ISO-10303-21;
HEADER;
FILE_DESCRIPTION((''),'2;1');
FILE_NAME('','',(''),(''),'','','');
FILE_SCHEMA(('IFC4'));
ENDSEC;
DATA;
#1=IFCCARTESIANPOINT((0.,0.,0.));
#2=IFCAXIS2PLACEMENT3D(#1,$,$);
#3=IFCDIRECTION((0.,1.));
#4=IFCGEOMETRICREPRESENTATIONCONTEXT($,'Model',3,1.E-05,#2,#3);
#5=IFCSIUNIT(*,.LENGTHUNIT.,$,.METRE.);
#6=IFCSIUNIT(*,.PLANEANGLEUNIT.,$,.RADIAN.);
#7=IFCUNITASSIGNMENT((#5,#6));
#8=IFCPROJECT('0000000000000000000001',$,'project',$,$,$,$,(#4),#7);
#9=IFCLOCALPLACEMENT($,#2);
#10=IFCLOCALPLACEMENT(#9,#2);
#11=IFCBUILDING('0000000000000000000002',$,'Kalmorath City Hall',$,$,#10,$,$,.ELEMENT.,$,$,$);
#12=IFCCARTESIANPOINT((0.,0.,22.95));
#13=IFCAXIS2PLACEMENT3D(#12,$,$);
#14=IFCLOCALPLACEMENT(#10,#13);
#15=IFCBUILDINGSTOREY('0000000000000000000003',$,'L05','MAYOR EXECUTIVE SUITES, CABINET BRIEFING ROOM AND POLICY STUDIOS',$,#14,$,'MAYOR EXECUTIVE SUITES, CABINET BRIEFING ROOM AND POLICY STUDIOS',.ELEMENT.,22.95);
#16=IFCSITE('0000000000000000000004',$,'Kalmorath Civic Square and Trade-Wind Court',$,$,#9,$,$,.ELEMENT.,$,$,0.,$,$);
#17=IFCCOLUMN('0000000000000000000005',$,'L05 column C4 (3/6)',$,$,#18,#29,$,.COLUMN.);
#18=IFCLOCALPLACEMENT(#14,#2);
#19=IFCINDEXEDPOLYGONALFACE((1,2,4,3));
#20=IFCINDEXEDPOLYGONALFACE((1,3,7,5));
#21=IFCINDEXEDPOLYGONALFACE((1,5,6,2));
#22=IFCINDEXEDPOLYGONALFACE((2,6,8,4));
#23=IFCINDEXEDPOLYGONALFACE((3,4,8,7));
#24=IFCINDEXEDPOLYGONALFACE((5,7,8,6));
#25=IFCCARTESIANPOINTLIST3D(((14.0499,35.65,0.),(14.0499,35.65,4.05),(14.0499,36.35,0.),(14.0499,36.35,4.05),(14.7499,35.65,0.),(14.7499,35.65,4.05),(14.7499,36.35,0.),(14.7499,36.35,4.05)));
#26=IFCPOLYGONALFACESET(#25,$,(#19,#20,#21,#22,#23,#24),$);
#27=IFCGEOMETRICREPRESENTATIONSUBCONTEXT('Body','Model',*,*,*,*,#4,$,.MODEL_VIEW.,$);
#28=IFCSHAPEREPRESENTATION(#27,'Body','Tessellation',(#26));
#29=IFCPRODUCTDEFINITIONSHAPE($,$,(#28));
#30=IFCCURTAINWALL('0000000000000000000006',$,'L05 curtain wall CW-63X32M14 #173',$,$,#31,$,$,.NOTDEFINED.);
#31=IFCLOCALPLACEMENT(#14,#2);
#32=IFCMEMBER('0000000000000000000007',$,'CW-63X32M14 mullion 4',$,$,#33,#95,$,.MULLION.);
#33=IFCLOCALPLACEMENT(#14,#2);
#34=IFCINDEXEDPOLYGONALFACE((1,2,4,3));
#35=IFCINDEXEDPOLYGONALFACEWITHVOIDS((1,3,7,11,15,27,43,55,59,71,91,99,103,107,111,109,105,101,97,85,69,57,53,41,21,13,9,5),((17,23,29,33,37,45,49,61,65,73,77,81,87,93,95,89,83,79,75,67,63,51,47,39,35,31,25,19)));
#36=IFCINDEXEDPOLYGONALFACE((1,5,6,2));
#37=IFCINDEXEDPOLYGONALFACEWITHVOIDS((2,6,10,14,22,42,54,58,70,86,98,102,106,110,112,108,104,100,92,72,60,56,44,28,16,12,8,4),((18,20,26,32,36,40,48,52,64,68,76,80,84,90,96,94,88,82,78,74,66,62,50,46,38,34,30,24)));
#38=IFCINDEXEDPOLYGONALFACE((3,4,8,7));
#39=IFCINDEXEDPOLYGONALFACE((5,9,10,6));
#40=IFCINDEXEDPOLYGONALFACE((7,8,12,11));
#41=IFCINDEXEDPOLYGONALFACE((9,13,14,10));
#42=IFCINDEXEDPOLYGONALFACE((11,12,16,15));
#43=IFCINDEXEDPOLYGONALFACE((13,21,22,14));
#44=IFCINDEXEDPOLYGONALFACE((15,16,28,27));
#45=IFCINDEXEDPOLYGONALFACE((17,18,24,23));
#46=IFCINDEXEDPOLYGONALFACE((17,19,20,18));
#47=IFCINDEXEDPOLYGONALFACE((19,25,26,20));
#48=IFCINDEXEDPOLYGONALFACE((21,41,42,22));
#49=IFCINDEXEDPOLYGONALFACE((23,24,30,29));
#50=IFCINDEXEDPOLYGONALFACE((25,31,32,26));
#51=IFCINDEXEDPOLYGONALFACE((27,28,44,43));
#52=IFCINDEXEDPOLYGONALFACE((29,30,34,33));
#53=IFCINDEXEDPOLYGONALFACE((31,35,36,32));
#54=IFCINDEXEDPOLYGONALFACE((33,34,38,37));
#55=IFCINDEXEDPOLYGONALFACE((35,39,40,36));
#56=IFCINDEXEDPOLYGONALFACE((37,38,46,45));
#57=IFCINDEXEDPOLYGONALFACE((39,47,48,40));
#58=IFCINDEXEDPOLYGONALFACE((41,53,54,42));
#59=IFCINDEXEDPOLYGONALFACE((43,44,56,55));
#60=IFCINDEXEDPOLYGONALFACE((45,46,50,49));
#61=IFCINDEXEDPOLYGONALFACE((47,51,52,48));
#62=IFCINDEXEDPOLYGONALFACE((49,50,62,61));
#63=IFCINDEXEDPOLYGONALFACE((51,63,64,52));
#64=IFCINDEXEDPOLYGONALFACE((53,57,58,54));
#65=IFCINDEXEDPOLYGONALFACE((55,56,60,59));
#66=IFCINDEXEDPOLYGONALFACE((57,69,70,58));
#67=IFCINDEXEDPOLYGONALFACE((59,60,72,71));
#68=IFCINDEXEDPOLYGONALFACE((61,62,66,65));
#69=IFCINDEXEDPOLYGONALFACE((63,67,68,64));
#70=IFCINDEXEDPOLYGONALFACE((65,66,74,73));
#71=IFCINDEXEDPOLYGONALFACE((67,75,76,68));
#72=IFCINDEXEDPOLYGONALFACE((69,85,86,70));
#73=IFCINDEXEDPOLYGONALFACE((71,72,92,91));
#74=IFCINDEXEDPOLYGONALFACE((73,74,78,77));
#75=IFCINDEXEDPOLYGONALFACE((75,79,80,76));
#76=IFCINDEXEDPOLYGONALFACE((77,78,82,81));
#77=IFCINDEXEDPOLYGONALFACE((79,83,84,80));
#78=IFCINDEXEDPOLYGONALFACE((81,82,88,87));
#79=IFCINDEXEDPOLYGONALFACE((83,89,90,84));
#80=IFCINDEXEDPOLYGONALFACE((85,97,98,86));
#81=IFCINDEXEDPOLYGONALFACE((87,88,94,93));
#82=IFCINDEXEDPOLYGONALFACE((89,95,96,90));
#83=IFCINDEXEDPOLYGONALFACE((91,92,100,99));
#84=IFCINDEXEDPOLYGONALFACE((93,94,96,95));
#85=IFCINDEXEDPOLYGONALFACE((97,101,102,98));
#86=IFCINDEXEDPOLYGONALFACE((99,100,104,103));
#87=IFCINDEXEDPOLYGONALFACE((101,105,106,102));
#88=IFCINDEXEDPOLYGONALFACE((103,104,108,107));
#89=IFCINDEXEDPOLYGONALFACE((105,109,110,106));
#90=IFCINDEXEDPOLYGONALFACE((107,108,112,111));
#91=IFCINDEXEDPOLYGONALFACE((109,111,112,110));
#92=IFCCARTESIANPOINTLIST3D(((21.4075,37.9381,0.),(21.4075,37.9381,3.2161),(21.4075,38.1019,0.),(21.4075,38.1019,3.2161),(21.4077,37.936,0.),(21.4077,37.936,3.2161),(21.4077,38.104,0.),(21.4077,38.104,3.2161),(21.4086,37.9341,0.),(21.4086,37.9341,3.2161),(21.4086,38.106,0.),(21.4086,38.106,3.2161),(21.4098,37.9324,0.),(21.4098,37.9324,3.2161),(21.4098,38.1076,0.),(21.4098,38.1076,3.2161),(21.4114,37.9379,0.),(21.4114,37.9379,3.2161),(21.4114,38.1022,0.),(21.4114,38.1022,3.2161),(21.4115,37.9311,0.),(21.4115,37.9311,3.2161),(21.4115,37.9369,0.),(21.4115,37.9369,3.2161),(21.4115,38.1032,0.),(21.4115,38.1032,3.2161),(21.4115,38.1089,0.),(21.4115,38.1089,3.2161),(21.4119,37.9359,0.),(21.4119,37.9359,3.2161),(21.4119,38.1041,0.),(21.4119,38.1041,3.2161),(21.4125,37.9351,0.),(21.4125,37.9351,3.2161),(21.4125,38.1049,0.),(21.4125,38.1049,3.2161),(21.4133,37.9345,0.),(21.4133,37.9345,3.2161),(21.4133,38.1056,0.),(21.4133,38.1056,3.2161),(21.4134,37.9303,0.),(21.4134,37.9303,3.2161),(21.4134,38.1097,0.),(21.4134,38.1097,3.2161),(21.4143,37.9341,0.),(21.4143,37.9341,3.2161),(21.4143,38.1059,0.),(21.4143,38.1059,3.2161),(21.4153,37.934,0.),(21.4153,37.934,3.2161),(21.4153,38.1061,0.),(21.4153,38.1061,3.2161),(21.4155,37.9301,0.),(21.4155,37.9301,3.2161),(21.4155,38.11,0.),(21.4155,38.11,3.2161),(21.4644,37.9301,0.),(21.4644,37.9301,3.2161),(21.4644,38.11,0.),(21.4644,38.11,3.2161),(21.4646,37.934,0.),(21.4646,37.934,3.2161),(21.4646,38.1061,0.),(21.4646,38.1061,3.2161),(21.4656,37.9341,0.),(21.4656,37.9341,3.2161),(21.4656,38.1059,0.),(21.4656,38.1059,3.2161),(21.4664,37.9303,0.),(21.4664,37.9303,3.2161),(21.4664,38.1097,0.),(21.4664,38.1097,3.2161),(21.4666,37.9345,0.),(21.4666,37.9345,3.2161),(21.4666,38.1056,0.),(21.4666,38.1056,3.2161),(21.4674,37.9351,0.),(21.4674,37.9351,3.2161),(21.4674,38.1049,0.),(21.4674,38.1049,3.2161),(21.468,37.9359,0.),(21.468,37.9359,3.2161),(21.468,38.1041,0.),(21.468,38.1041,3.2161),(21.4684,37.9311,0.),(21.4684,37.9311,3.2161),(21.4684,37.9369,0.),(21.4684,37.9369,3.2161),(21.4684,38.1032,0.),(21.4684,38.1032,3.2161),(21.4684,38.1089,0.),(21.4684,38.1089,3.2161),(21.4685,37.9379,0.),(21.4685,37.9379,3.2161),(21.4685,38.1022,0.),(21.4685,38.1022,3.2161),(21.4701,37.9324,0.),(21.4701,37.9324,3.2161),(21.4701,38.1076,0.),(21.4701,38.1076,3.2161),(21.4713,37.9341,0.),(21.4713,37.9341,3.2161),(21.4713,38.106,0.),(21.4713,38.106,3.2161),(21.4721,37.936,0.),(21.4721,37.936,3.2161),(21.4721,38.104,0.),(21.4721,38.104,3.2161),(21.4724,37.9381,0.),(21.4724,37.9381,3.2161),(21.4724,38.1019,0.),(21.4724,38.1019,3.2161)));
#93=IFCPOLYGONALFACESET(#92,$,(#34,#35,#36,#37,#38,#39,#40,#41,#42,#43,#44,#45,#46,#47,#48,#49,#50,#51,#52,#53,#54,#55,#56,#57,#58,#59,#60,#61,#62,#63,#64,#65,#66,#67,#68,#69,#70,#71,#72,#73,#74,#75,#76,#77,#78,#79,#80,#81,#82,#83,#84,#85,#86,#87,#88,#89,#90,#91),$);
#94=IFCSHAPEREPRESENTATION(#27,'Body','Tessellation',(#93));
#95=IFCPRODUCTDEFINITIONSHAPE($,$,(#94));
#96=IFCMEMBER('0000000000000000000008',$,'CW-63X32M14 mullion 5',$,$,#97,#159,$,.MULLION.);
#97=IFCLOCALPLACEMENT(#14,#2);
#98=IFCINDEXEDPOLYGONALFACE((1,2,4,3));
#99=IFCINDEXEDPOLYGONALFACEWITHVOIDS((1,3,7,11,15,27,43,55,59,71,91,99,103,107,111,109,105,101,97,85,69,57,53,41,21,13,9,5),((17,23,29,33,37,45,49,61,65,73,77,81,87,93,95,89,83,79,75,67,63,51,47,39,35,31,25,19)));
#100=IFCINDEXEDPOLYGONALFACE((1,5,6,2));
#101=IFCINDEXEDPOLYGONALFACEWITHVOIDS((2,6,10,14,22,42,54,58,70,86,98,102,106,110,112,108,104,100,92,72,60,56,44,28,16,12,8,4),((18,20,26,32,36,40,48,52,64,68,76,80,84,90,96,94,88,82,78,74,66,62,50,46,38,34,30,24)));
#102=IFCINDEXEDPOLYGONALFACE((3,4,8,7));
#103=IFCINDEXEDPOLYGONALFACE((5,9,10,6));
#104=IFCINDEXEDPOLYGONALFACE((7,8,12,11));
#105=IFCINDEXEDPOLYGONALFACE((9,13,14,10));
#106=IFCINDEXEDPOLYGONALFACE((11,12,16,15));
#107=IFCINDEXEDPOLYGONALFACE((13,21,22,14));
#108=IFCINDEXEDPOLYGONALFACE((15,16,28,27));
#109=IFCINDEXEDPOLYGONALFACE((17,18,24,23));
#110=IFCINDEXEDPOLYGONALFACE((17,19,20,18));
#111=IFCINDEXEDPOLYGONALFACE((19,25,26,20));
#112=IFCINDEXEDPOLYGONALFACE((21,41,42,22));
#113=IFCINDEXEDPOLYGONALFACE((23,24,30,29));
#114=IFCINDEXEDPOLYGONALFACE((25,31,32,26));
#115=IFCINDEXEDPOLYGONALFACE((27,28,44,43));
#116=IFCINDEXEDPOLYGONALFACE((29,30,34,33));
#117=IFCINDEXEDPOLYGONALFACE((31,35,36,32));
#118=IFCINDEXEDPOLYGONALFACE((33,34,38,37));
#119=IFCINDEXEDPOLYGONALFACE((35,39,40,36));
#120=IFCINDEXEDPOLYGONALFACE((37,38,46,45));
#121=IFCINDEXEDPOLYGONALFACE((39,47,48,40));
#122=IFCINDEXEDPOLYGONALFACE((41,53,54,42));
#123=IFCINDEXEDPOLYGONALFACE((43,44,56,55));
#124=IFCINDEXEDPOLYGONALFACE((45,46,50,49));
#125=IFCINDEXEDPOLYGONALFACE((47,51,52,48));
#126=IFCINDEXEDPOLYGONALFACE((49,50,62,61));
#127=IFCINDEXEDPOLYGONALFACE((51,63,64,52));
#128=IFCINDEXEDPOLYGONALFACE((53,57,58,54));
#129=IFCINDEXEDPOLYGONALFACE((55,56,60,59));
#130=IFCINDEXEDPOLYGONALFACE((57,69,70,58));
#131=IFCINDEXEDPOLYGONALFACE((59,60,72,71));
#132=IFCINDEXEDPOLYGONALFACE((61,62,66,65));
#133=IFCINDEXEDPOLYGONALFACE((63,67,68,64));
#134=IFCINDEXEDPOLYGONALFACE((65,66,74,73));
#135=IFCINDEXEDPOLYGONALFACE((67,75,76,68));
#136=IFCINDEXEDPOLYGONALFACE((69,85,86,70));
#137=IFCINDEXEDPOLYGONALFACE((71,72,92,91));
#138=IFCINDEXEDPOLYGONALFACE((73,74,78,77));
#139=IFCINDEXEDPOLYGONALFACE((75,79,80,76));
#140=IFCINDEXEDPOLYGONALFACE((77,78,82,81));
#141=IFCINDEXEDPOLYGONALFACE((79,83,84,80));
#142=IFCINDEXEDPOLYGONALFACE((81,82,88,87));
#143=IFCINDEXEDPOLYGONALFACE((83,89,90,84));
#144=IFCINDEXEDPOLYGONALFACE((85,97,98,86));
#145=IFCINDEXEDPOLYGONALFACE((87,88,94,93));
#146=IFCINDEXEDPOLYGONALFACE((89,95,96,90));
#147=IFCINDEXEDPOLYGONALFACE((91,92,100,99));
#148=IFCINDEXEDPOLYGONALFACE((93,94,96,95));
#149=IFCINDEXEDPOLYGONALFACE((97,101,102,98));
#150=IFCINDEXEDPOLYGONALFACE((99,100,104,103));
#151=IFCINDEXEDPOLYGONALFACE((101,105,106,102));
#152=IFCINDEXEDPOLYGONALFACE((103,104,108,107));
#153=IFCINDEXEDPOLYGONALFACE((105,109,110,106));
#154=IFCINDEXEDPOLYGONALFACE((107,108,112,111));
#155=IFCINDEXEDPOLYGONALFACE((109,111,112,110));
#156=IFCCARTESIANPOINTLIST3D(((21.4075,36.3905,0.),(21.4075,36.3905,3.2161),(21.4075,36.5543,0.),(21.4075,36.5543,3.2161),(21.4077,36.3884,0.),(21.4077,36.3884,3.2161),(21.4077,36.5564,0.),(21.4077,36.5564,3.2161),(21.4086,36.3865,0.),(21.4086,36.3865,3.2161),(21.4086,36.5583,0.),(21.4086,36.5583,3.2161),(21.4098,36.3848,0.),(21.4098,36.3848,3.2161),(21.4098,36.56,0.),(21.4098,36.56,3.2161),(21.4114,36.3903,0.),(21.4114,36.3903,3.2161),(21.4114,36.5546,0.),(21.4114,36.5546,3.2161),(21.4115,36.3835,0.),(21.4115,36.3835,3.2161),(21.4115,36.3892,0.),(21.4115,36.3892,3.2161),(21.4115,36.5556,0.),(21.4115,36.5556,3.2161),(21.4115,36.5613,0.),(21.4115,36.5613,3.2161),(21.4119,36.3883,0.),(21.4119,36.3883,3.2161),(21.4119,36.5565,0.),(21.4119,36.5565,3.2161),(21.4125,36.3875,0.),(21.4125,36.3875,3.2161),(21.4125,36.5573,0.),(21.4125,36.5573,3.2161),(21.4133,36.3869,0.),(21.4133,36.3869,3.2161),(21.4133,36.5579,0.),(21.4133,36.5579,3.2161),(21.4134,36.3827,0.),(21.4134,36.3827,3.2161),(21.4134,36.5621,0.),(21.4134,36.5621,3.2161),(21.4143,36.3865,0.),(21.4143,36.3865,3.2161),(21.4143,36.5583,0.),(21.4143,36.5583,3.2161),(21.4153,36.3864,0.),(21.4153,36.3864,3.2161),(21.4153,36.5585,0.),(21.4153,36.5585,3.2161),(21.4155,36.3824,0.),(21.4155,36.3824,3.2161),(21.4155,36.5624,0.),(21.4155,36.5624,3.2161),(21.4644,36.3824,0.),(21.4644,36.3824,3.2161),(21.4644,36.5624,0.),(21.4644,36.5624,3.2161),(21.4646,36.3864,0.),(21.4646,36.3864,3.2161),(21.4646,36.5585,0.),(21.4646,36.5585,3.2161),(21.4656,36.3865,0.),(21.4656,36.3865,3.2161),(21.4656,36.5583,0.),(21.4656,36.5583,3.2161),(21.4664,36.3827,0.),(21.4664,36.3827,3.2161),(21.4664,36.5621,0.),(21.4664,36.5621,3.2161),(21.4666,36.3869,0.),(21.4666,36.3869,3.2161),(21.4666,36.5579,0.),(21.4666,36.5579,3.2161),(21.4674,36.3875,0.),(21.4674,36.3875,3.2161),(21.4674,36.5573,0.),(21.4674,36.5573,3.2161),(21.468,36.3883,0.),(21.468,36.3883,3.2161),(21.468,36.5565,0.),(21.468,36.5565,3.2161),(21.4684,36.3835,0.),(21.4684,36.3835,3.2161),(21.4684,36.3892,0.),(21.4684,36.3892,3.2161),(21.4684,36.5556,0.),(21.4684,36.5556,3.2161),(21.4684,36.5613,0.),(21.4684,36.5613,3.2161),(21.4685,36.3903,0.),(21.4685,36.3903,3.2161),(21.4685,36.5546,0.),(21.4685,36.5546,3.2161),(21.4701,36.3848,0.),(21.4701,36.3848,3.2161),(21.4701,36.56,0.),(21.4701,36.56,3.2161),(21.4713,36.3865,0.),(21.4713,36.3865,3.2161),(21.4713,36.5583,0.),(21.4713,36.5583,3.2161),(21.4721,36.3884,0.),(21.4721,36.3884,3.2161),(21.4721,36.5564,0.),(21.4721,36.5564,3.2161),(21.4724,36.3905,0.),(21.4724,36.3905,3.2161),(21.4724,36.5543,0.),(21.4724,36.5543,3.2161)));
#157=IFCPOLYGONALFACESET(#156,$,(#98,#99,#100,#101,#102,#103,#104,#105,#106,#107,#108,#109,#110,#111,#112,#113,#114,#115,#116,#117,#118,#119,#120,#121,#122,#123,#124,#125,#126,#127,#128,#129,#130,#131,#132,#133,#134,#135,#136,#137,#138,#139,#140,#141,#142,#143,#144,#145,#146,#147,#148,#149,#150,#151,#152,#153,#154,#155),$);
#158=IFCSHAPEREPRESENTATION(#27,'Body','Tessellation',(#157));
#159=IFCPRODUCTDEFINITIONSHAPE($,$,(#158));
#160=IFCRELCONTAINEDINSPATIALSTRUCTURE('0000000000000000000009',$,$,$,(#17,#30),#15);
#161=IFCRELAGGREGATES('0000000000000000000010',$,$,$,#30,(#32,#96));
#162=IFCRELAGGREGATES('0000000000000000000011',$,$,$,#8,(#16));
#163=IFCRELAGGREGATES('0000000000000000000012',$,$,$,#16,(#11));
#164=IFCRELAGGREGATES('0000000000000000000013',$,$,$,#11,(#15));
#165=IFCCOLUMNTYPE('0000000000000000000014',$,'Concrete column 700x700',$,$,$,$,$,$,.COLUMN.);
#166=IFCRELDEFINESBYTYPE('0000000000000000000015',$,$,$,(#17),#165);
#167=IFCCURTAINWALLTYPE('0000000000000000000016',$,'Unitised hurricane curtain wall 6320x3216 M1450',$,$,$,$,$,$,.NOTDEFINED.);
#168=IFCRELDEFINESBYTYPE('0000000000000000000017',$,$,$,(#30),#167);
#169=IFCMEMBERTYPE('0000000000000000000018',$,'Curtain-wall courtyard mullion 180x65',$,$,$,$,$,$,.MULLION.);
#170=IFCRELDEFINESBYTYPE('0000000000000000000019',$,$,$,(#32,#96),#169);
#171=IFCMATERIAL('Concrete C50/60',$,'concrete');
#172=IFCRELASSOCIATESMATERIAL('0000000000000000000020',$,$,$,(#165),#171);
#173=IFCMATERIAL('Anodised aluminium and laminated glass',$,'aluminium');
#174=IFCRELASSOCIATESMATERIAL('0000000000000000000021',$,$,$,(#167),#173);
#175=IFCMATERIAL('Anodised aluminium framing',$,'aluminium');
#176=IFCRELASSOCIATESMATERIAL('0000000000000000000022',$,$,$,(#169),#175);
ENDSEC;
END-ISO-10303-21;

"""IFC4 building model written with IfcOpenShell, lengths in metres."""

from ifc_helpers import new_model, si_unit, direction, frame, origin, origin_2d, place, context, subcontext, project, spatial, rectangle, hollow_rectangle, extrude, material, material_profile, profile_set, type_object, element, aggregate, save


model = new_model("IFC4")

# Units and contexts
model_context = context("Model", 3, precision=1e-05, world=origin(), true_north=direction((0.0, 1.0)))
body_context = subcontext(model_context, "Body", "Model", "MODEL_VIEW")
ifc_project = project(units=[si_unit("LENGTHUNIT", "METRE"), si_unit("PLANEANGLEUNIT", "RADIAN")], contexts=[model_context])

# Site, building, storey
site_placement = place(None, origin())
site = spatial("IfcSite", under=ifc_project, at=site_placement, Name="Kalmorath Civic Square and Trade-Wind Court", CompositionType="ELEMENT", RefElevation=0.0)
building_placement = place(site_placement, origin())
building = spatial("IfcBuilding", under=site, at=building_placement, Name="Kalmorath City Hall", CompositionType="ELEMENT")
storey_placement = place(building_placement, frame((0.0, 0.0, 22.95)))
storey = spatial("IfcBuildingStorey", under=building, at=storey_placement, Name="L05", Description="MAYOR EXECUTIVE SUITES, CABINET BRIEFING ROOM AND POLICY STUDIOS", LongName="MAYOR EXECUTIVE SUITES, CABINET BRIEFING ROOM AND POLICY STUDIOS", CompositionType="ELEMENT", Elevation=22.95)

# Column
ifc_material_1 = material(Name="Concrete C50/60", Category="concrete")
ifc_material_profile_1 = material_profile(ifc_material_1, rectangle(XDim=0.7, YDim=0.7, at=origin_2d()), Name="RC-COL-700X700")
ifc_profile_set_1 = profile_set([ifc_material_profile_1], Name="Concrete C50/60")
column_type = type_object("IfcColumnType", Name="Concrete column 700x700", PredefinedType="COLUMN", material=ifc_profile_set_1)
column_placement = place(storey_placement, frame((14.3999, 36.0, 0.0), z_axis=(0.0, 0.0, 1.0), x_axis=(1.0, 0.0, 0.0)))
element("IfcColumn", 1, at=column_placement, inside=storey, type_object=column_type, Name="L05 column C4 (3/6)", PredefinedType="COLUMN", context=body_context, shape_type="SweptSolid", body=[
    extrude(rectangle(XDim=0.7, YDim=0.7, at=origin_2d()), origin(), (0.0, 0.0, 1.0), 4.05),
])

# Curtain wall, members
ifc_material_2 = material(Name="Anodised aluminium and laminated glass", Category="aluminium")
curtain_wall_type = type_object("IfcCurtainWallType", Name="Unitised hurricane curtain wall 6320x3216 M1450", PredefinedType="NOTDEFINED", material=ifc_material_2)
curtain_wall_placement = place(storey_placement, origin())
curtain_wall = element("IfcCurtainWall", 2, at=curtain_wall_placement, inside=storey, type_object=curtain_wall_type, Name="L05 curtain wall CW-63X32M14 #173", PredefinedType="NOTDEFINED")
ifc_material_3 = material(Name="Anodised aluminium framing", Category="aluminium")
ifc_material_profile_2 = material_profile(ifc_material_3, hollow_rectangle(XDim=0.0649, YDim=0.1799, WallThickness=0.0039, InnerFilletRadius=0.0039, OuterFilletRadius=0.0081, at=origin_2d()), Name="ALU-MUL-180X65X4")
ifc_profile_set_2 = profile_set([ifc_material_profile_2], Name="Anodised aluminium framing")
member_type_1 = type_object("IfcMemberType", Name="Curtain-wall courtyard mullion 180x65", PredefinedType="MULLION", material=ifc_profile_set_2)
member_1_placement = place(storey_placement, frame((21.4399, 38.02, 0.0), z_axis=(0.0, 0.0, 1.0), x_axis=(1.0, 0.0, 0.0)))
member_1 = element("IfcMember", 3, at=member_1_placement, type_object=member_type_1, Name="CW-63X32M14 mullion 4", PredefinedType="MULLION", context=body_context, shape_type="SweptSolid", body=[
    extrude(hollow_rectangle(XDim=0.0649, YDim=0.1799, WallThickness=0.0039, InnerFilletRadius=0.0039, OuterFilletRadius=0.0081, at=origin_2d()), origin(), (0.0, 0.0, 1.0), 3.2161),
])
member_2_placement = place(storey_placement, frame((21.4399, 36.4724, 0.0), z_axis=(0.0, 0.0, 1.0), x_axis=(1.0, 0.0, 0.0)))
member_2 = element("IfcMember", 4, at=member_2_placement, type_object=member_type_1, Name="CW-63X32M14 mullion 5", PredefinedType="MULLION", context=body_context, shape_type="SweptSolid", body=[
    extrude(hollow_rectangle(XDim=0.0649, YDim=0.1799, WallThickness=0.0039, InnerFilletRadius=0.0039, OuterFilletRadius=0.0081, at=origin_2d()), origin(), (0.0, 0.0, 1.0), 3.2161),
])

aggregate(curtain_wall, [member_1, member_2])

save(model, "model.ifc")
